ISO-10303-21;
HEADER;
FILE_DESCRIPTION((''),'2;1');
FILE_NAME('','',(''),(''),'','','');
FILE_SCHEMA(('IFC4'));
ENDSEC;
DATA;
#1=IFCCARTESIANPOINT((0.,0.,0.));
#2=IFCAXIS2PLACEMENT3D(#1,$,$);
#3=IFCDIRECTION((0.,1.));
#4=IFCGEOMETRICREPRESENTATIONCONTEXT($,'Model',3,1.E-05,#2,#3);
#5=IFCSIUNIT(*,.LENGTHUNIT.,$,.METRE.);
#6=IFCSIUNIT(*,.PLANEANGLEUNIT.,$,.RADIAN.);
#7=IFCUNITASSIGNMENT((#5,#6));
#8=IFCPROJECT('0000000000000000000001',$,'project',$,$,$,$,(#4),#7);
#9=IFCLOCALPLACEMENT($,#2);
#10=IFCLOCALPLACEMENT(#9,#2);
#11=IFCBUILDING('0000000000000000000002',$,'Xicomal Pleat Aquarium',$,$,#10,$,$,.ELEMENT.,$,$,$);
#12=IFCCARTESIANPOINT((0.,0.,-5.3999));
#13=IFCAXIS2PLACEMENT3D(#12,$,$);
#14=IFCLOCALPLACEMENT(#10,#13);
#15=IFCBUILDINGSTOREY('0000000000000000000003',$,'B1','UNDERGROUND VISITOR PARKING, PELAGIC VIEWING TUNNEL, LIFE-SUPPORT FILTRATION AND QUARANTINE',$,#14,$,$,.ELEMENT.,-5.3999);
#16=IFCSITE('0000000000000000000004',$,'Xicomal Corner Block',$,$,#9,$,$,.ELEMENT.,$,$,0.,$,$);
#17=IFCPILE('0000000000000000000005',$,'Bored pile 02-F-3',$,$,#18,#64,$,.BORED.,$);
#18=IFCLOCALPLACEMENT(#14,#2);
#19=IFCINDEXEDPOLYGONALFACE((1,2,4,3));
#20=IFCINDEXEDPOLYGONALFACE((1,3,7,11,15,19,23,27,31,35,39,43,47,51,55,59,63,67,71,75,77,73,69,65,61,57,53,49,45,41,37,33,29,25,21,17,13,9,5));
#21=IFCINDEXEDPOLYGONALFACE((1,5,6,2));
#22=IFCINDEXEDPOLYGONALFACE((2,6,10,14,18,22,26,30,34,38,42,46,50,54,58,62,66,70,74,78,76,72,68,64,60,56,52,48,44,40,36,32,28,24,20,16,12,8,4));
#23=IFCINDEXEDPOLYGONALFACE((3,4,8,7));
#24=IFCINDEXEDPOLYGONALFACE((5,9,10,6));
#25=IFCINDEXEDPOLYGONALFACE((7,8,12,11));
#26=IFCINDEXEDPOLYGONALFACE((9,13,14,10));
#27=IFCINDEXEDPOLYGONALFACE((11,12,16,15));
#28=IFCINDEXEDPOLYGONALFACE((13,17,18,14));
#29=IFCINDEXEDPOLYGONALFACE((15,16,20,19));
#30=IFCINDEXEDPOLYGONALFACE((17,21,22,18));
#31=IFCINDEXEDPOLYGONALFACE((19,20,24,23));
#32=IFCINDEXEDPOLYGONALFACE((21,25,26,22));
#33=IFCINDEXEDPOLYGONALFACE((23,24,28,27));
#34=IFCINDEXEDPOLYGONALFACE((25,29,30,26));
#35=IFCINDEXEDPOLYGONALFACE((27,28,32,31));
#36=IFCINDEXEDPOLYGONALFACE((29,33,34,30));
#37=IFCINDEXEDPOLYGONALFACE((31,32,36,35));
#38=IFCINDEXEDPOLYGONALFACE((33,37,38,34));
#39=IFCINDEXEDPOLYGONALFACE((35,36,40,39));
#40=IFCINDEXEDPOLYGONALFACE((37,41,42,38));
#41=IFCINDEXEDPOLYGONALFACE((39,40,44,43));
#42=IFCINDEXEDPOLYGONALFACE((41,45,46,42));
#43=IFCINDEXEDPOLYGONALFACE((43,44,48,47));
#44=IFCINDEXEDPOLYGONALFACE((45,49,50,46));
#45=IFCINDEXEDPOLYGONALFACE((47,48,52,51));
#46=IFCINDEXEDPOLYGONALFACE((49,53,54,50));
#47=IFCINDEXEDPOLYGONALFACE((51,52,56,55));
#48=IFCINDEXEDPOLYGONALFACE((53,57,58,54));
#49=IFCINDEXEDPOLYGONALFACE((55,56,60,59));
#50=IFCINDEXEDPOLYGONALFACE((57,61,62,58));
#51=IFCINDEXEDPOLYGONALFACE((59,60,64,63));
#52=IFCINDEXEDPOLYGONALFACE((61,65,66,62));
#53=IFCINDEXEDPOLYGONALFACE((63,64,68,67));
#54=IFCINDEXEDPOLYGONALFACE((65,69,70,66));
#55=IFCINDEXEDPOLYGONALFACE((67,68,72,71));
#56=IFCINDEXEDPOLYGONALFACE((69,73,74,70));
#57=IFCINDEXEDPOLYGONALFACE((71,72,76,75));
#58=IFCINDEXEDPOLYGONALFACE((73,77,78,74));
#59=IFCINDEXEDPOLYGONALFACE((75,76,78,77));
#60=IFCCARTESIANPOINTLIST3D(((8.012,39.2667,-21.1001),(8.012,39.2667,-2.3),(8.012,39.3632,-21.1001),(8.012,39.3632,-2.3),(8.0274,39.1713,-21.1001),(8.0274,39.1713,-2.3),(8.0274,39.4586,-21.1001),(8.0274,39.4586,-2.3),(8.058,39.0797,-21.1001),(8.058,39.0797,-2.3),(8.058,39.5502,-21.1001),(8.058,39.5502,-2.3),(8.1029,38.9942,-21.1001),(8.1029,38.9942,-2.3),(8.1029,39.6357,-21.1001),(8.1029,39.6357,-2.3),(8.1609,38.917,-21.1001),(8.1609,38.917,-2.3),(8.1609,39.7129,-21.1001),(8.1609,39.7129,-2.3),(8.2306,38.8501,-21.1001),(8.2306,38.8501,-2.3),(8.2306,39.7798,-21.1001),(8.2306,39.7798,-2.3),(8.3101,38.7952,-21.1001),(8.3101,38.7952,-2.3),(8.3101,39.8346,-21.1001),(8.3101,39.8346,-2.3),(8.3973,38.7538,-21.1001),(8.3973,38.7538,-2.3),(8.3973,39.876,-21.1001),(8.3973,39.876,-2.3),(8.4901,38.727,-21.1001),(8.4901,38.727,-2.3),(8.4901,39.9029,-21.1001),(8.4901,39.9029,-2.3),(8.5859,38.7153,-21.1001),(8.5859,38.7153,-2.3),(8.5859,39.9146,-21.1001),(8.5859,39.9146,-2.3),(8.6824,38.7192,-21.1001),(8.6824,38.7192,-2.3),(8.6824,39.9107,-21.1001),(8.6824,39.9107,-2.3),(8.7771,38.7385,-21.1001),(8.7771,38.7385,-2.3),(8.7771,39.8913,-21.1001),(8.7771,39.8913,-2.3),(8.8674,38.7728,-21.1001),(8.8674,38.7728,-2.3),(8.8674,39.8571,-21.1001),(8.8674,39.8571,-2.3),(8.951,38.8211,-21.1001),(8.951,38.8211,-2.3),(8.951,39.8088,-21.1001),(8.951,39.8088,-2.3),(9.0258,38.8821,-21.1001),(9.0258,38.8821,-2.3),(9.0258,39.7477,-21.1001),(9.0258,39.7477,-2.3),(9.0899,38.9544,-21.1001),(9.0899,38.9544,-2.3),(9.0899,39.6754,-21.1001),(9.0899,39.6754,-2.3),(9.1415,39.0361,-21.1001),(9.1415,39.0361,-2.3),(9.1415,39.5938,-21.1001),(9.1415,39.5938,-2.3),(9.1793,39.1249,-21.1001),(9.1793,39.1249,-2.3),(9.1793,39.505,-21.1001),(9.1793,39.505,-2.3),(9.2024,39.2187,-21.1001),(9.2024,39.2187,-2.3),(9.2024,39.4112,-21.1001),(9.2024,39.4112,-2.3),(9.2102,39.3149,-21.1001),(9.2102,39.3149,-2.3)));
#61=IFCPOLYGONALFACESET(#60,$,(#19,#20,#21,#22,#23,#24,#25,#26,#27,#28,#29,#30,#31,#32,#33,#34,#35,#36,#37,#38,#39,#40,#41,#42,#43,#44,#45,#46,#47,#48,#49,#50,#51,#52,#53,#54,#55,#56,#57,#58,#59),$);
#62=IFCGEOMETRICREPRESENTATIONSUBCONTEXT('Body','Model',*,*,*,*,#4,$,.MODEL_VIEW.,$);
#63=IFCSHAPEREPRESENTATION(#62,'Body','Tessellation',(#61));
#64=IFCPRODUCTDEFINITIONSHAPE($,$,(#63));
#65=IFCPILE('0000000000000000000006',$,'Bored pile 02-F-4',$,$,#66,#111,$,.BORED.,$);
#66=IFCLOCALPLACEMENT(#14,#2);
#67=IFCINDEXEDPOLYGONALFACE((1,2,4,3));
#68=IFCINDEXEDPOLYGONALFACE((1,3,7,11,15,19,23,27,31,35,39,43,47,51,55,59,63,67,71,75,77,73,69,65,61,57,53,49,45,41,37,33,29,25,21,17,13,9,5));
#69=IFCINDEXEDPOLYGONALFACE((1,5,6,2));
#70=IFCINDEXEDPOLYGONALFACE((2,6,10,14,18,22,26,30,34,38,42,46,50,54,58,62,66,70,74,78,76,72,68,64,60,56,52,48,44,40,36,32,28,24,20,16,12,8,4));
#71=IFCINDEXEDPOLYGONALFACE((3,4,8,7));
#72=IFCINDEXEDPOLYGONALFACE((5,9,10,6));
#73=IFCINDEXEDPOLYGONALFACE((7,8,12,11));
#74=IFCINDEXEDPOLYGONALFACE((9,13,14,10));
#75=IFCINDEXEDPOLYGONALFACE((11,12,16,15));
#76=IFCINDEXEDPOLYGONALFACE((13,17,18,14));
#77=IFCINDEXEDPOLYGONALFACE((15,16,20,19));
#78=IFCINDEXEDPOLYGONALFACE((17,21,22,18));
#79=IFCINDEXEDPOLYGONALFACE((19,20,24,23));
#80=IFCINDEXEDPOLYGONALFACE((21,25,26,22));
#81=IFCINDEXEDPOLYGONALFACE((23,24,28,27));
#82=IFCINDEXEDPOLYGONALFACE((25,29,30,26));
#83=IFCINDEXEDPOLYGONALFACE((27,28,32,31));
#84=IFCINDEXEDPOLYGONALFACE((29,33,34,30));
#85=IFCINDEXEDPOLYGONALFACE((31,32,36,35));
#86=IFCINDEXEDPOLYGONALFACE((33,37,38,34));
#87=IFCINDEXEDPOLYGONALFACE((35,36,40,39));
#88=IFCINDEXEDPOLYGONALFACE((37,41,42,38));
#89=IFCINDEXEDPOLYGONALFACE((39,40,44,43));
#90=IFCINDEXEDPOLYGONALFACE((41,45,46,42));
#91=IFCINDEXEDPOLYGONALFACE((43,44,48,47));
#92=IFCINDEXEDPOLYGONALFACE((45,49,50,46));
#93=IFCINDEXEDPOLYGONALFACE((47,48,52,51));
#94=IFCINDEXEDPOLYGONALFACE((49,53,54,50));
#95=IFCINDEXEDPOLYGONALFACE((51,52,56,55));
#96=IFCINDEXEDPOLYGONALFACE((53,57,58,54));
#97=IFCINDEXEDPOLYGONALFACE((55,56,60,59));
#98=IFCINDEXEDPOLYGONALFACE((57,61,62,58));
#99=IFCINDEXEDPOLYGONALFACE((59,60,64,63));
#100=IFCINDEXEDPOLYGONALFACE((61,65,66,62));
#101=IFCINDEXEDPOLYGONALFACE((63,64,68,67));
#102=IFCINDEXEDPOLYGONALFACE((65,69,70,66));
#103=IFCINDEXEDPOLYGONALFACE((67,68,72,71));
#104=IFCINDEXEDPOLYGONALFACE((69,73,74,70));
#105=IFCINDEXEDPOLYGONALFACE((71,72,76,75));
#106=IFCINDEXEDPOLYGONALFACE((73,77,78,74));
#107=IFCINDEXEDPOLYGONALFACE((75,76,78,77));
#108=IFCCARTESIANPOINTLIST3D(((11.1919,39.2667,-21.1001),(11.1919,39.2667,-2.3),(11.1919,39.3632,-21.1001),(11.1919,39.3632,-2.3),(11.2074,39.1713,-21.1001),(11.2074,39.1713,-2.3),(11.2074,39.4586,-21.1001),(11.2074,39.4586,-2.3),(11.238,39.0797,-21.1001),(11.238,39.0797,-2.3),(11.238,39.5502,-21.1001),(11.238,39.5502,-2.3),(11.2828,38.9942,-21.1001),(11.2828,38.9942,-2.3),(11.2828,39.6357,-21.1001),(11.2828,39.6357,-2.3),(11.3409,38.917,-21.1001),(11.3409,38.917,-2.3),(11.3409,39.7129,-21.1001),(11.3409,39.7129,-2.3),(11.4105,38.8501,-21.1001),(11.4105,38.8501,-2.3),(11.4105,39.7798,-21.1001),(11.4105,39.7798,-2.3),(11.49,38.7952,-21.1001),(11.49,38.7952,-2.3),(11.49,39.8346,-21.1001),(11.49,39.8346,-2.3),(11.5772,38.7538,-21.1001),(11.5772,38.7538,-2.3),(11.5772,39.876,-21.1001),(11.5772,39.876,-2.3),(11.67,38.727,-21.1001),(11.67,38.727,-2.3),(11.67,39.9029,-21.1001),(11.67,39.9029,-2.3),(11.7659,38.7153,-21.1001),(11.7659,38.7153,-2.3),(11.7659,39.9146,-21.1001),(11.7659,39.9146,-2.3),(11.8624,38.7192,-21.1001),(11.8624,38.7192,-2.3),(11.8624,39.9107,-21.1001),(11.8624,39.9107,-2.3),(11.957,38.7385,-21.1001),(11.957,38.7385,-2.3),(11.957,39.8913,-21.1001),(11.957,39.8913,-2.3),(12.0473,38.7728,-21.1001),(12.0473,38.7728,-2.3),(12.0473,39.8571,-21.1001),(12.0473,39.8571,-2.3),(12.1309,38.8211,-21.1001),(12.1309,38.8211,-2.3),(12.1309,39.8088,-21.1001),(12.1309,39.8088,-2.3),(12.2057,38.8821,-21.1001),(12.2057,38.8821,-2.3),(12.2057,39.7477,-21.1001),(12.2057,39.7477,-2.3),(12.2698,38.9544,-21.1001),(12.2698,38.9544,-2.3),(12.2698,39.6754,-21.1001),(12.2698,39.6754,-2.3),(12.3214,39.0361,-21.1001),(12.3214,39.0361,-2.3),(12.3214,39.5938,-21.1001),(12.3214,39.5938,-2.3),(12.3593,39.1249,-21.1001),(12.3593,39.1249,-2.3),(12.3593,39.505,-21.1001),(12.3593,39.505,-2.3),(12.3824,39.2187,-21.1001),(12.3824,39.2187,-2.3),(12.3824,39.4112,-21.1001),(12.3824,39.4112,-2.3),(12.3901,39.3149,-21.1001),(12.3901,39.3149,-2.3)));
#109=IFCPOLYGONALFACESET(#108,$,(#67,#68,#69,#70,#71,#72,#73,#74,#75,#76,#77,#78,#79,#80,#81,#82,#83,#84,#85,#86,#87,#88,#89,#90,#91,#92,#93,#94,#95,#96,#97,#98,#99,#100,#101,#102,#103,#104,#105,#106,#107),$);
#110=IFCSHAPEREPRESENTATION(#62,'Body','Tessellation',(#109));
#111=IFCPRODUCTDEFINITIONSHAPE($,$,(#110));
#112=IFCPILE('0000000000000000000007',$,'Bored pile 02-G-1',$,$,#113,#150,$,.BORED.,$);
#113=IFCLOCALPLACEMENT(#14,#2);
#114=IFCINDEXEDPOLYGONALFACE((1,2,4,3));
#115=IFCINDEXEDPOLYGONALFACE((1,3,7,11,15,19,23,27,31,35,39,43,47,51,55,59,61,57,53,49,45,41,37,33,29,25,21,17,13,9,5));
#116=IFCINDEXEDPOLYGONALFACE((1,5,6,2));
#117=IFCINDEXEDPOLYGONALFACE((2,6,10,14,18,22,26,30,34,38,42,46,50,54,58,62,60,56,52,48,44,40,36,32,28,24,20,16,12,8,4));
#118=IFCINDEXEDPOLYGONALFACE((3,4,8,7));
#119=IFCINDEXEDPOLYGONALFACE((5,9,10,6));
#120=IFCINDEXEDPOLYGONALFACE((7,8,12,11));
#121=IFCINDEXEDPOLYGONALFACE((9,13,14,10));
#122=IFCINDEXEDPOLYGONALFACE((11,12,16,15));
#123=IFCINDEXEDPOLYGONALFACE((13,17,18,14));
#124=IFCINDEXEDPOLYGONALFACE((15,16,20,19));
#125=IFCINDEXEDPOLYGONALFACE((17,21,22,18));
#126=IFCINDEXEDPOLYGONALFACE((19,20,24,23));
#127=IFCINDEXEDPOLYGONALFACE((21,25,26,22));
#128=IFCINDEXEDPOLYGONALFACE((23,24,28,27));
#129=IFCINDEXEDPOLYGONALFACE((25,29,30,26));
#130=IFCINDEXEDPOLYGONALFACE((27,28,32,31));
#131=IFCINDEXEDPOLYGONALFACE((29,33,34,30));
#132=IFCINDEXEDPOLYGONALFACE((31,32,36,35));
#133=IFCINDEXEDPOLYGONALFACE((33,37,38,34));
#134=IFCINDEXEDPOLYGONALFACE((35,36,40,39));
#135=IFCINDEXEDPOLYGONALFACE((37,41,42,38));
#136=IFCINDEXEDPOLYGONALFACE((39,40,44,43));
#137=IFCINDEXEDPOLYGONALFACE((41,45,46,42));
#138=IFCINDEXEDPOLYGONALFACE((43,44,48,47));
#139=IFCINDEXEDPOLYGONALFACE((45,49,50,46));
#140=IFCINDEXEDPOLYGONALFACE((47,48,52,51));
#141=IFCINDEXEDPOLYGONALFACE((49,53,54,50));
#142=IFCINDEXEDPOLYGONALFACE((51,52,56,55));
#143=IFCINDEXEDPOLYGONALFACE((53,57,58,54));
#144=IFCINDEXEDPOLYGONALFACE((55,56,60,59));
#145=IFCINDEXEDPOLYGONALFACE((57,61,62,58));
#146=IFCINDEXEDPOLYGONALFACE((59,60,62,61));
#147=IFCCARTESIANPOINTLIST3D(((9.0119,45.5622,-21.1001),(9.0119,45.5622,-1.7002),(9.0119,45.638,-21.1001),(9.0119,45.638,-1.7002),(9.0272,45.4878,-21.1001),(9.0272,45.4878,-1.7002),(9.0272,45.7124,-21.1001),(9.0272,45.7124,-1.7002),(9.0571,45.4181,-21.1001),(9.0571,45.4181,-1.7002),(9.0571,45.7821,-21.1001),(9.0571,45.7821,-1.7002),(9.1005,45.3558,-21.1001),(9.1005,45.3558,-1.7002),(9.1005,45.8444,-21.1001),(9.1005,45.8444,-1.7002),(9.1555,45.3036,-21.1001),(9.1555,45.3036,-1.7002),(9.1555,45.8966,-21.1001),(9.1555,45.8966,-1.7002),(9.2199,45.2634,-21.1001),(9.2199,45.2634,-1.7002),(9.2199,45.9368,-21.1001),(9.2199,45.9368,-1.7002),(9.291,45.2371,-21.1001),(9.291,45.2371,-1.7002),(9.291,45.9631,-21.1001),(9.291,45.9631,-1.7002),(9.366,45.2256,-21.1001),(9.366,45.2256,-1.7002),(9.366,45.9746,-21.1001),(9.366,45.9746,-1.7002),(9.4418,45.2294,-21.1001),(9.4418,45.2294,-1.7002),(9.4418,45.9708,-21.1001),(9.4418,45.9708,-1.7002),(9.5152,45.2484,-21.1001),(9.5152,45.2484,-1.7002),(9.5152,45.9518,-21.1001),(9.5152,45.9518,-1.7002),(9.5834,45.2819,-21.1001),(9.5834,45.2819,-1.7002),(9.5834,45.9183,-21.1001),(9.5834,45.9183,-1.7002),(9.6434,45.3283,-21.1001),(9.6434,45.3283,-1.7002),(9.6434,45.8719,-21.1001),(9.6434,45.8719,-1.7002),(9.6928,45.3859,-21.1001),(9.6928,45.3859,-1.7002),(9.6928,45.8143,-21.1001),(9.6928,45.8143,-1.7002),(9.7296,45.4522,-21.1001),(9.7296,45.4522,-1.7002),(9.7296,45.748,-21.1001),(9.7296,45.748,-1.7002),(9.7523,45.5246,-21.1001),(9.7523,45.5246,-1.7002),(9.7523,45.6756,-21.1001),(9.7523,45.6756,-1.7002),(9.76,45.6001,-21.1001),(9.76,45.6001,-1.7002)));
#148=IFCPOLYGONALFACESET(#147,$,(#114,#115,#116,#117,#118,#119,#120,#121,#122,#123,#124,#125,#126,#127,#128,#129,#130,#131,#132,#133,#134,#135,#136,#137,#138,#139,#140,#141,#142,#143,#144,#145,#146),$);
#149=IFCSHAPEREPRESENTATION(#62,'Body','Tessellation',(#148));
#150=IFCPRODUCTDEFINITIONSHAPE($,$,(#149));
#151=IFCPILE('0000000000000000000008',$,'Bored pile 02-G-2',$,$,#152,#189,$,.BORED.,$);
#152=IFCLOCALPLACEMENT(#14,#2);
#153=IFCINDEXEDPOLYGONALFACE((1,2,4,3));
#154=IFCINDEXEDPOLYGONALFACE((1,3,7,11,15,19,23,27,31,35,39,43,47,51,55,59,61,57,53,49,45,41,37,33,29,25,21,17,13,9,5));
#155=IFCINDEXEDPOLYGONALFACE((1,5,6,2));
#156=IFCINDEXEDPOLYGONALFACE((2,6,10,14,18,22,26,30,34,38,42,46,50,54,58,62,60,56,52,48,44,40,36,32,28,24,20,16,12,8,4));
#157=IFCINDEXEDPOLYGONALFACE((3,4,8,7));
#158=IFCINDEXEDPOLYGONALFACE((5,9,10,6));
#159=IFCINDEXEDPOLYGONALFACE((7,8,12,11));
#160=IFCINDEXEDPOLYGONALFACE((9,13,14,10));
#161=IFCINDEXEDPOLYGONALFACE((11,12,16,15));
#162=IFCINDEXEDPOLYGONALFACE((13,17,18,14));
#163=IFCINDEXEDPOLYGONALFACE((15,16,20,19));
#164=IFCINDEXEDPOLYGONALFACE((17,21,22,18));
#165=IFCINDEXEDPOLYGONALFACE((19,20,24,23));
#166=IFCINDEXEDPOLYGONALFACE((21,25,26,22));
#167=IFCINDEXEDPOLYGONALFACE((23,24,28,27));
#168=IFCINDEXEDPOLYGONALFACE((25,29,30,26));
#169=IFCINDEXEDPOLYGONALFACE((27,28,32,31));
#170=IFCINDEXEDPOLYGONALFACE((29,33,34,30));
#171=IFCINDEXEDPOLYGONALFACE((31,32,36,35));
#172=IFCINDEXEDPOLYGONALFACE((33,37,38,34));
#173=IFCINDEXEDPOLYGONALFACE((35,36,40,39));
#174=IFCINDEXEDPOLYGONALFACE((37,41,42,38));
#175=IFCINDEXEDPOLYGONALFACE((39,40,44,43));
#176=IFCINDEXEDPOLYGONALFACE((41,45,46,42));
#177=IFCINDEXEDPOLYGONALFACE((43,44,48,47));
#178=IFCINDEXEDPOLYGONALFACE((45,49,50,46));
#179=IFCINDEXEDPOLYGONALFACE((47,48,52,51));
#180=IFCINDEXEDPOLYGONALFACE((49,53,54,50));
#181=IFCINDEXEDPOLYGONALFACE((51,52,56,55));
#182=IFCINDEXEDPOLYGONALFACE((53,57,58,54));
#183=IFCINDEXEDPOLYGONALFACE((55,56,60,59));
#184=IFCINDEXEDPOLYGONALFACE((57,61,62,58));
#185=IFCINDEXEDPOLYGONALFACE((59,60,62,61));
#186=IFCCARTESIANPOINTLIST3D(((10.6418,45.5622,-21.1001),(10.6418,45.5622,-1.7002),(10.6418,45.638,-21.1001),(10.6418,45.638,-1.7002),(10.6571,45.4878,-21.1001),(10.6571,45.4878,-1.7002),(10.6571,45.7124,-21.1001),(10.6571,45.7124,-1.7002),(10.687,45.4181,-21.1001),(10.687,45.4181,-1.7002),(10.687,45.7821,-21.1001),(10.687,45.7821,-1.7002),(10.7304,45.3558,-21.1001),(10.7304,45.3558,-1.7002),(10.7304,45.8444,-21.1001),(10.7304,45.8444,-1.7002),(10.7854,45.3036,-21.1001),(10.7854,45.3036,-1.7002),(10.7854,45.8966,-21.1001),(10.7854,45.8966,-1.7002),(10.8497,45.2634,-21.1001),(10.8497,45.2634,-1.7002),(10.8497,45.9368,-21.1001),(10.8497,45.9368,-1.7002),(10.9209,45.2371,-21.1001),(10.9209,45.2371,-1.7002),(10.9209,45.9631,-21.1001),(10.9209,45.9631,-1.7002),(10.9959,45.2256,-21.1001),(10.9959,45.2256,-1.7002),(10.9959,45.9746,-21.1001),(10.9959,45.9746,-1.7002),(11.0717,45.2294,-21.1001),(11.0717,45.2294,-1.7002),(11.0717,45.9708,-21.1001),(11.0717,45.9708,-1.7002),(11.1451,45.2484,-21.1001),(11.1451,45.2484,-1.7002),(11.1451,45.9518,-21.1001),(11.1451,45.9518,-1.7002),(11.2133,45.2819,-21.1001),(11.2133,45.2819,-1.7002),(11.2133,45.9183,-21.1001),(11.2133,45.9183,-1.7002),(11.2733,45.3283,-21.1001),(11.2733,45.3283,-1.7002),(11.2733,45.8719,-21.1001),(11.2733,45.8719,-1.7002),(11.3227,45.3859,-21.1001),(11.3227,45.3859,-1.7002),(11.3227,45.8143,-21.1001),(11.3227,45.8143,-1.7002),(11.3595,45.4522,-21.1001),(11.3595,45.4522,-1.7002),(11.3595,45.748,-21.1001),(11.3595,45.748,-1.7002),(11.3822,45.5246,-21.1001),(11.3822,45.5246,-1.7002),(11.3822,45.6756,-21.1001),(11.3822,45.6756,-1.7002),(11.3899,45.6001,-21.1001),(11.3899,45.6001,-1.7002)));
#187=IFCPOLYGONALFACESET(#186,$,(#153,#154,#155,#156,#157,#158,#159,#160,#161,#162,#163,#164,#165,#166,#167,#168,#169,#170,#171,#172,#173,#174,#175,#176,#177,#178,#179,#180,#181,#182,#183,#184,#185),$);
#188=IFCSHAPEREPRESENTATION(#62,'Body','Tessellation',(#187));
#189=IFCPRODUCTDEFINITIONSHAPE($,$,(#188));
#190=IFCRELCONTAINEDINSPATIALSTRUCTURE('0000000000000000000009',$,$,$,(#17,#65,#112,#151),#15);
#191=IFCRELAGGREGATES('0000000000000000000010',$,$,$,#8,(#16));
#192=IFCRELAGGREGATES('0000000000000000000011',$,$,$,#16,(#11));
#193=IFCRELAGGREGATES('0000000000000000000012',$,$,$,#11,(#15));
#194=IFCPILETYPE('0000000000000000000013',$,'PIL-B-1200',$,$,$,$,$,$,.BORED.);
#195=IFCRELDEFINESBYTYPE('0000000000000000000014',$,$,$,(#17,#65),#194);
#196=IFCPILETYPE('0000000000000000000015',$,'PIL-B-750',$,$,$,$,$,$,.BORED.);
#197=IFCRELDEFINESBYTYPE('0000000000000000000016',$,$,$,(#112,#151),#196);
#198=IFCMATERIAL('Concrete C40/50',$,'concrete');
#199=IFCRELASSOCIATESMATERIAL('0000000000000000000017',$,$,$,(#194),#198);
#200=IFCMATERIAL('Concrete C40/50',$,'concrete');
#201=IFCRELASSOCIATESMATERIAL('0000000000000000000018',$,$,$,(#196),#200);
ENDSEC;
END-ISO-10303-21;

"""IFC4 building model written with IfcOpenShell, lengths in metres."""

from ifc_helpers import new_model, si_unit, direction, frame, origin, origin_2d, place, context, subcontext, project, spatial, circle, extrude, material, material_profile, profile_set, type_object, element, save


model = new_model("IFC4")

# Units and contexts
model_context = context("Model", 3, precision=1e-05, world=origin(), true_north=direction((0.0, 1.0)))
body_context = subcontext(model_context, "Body", "Model", "MODEL_VIEW")
ifc_project = project(units=[si_unit("LENGTHUNIT", "METRE"), si_unit("PLANEANGLEUNIT", "RADIAN")], contexts=[model_context])

# Site, building, storey
site_placement = place(None, origin())
site = spatial("IfcSite", under=ifc_project, at=site_placement, Name="Xicomal Corner Block", CompositionType="ELEMENT", RefElevation=0.0)
building_placement = place(site_placement, origin())
building = spatial("IfcBuilding", under=site, at=building_placement, Name="Xicomal Pleat Aquarium", CompositionType="ELEMENT")
storey_placement = place(building_placement, frame((0.0, 0.0, -5.3999)))
storey = spatial("IfcBuildingStorey", under=building, at=storey_placement, Name="B1", Description="UNDERGROUND VISITOR PARKING, PELAGIC VIEWING TUNNEL, LIFE-SUPPORT FILTRATION AND QUARANTINE", CompositionType="ELEMENT", Elevation=-5.3999)

# Piles
ifc_material_1 = material(Name="Concrete C40/50", Category="concrete")
ifc_material_profile_1 = material_profile(ifc_material_1, circle(Radius=0.6001, at=origin_2d()), Name="BORED PILE D1200")
ifc_profile_set_1 = profile_set([ifc_material_profile_1], Name="Concrete C40/50")
pile_type_1 = type_object("IfcPileType", Name="PIL-B-1200", PredefinedType="BORED", material=ifc_profile_set_1)
for number, where, z_axis, x_axis, name in (
    (1, (8.6101, 39.3149, -2.3), (0.0, 0.0, -1.0), (1.0, 0.0, 0.0), "Bored pile 02-F-3"),
    (2, (11.79, 39.3149, -2.3), (0.0, 0.0, -1.0), (1.0, 0.0, 0.0), "Bored pile 02-F-4"),
):
    element("IfcPile", number, at=place(storey_placement, frame(where, z_axis=z_axis, x_axis=x_axis)), inside=storey, type_object=pile_type_1, Name=name, PredefinedType="BORED", context=body_context, shape_type="SweptSolid", body=[
        extrude(circle(Radius=0.6001, at=origin_2d()), origin(), (0.0, 0.0, 1.0), 18.8),
    ])
ifc_material_2 = material(Name="Concrete C40/50", Category="concrete")
ifc_material_profile_2 = material_profile(ifc_material_2, circle(Radius=0.375, at=origin_2d()), Name="BORED PILE D750")
ifc_profile_set_2 = profile_set([ifc_material_profile_2], Name="Concrete C40/50")
pile_type_2 = type_object("IfcPileType", Name="PIL-B-750", PredefinedType="BORED", material=ifc_profile_set_2)
for number, where, z_axis, x_axis, name in (
    (3, (9.385, 45.6001, -1.7002), (0.0, 0.0, -1.0), (1.0, 0.0, 0.0), "Bored pile 02-G-1"),
    (4, (11.0149, 45.6001, -1.7002), (0.0, 0.0, -1.0), (1.0, 0.0, 0.0), "Bored pile 02-G-2"),
):
    element("IfcPile", number, at=place(storey_placement, frame(where, z_axis=z_axis, x_axis=x_axis)), inside=storey, type_object=pile_type_2, Name=name, PredefinedType="BORED", context=body_context, shape_type="SweptSolid", body=[
        extrude(circle(Radius=0.375, at=origin_2d()), origin(), (0.0, 0.0, 1.0), 19.3999),
    ])

save(model, "model.ifc")
